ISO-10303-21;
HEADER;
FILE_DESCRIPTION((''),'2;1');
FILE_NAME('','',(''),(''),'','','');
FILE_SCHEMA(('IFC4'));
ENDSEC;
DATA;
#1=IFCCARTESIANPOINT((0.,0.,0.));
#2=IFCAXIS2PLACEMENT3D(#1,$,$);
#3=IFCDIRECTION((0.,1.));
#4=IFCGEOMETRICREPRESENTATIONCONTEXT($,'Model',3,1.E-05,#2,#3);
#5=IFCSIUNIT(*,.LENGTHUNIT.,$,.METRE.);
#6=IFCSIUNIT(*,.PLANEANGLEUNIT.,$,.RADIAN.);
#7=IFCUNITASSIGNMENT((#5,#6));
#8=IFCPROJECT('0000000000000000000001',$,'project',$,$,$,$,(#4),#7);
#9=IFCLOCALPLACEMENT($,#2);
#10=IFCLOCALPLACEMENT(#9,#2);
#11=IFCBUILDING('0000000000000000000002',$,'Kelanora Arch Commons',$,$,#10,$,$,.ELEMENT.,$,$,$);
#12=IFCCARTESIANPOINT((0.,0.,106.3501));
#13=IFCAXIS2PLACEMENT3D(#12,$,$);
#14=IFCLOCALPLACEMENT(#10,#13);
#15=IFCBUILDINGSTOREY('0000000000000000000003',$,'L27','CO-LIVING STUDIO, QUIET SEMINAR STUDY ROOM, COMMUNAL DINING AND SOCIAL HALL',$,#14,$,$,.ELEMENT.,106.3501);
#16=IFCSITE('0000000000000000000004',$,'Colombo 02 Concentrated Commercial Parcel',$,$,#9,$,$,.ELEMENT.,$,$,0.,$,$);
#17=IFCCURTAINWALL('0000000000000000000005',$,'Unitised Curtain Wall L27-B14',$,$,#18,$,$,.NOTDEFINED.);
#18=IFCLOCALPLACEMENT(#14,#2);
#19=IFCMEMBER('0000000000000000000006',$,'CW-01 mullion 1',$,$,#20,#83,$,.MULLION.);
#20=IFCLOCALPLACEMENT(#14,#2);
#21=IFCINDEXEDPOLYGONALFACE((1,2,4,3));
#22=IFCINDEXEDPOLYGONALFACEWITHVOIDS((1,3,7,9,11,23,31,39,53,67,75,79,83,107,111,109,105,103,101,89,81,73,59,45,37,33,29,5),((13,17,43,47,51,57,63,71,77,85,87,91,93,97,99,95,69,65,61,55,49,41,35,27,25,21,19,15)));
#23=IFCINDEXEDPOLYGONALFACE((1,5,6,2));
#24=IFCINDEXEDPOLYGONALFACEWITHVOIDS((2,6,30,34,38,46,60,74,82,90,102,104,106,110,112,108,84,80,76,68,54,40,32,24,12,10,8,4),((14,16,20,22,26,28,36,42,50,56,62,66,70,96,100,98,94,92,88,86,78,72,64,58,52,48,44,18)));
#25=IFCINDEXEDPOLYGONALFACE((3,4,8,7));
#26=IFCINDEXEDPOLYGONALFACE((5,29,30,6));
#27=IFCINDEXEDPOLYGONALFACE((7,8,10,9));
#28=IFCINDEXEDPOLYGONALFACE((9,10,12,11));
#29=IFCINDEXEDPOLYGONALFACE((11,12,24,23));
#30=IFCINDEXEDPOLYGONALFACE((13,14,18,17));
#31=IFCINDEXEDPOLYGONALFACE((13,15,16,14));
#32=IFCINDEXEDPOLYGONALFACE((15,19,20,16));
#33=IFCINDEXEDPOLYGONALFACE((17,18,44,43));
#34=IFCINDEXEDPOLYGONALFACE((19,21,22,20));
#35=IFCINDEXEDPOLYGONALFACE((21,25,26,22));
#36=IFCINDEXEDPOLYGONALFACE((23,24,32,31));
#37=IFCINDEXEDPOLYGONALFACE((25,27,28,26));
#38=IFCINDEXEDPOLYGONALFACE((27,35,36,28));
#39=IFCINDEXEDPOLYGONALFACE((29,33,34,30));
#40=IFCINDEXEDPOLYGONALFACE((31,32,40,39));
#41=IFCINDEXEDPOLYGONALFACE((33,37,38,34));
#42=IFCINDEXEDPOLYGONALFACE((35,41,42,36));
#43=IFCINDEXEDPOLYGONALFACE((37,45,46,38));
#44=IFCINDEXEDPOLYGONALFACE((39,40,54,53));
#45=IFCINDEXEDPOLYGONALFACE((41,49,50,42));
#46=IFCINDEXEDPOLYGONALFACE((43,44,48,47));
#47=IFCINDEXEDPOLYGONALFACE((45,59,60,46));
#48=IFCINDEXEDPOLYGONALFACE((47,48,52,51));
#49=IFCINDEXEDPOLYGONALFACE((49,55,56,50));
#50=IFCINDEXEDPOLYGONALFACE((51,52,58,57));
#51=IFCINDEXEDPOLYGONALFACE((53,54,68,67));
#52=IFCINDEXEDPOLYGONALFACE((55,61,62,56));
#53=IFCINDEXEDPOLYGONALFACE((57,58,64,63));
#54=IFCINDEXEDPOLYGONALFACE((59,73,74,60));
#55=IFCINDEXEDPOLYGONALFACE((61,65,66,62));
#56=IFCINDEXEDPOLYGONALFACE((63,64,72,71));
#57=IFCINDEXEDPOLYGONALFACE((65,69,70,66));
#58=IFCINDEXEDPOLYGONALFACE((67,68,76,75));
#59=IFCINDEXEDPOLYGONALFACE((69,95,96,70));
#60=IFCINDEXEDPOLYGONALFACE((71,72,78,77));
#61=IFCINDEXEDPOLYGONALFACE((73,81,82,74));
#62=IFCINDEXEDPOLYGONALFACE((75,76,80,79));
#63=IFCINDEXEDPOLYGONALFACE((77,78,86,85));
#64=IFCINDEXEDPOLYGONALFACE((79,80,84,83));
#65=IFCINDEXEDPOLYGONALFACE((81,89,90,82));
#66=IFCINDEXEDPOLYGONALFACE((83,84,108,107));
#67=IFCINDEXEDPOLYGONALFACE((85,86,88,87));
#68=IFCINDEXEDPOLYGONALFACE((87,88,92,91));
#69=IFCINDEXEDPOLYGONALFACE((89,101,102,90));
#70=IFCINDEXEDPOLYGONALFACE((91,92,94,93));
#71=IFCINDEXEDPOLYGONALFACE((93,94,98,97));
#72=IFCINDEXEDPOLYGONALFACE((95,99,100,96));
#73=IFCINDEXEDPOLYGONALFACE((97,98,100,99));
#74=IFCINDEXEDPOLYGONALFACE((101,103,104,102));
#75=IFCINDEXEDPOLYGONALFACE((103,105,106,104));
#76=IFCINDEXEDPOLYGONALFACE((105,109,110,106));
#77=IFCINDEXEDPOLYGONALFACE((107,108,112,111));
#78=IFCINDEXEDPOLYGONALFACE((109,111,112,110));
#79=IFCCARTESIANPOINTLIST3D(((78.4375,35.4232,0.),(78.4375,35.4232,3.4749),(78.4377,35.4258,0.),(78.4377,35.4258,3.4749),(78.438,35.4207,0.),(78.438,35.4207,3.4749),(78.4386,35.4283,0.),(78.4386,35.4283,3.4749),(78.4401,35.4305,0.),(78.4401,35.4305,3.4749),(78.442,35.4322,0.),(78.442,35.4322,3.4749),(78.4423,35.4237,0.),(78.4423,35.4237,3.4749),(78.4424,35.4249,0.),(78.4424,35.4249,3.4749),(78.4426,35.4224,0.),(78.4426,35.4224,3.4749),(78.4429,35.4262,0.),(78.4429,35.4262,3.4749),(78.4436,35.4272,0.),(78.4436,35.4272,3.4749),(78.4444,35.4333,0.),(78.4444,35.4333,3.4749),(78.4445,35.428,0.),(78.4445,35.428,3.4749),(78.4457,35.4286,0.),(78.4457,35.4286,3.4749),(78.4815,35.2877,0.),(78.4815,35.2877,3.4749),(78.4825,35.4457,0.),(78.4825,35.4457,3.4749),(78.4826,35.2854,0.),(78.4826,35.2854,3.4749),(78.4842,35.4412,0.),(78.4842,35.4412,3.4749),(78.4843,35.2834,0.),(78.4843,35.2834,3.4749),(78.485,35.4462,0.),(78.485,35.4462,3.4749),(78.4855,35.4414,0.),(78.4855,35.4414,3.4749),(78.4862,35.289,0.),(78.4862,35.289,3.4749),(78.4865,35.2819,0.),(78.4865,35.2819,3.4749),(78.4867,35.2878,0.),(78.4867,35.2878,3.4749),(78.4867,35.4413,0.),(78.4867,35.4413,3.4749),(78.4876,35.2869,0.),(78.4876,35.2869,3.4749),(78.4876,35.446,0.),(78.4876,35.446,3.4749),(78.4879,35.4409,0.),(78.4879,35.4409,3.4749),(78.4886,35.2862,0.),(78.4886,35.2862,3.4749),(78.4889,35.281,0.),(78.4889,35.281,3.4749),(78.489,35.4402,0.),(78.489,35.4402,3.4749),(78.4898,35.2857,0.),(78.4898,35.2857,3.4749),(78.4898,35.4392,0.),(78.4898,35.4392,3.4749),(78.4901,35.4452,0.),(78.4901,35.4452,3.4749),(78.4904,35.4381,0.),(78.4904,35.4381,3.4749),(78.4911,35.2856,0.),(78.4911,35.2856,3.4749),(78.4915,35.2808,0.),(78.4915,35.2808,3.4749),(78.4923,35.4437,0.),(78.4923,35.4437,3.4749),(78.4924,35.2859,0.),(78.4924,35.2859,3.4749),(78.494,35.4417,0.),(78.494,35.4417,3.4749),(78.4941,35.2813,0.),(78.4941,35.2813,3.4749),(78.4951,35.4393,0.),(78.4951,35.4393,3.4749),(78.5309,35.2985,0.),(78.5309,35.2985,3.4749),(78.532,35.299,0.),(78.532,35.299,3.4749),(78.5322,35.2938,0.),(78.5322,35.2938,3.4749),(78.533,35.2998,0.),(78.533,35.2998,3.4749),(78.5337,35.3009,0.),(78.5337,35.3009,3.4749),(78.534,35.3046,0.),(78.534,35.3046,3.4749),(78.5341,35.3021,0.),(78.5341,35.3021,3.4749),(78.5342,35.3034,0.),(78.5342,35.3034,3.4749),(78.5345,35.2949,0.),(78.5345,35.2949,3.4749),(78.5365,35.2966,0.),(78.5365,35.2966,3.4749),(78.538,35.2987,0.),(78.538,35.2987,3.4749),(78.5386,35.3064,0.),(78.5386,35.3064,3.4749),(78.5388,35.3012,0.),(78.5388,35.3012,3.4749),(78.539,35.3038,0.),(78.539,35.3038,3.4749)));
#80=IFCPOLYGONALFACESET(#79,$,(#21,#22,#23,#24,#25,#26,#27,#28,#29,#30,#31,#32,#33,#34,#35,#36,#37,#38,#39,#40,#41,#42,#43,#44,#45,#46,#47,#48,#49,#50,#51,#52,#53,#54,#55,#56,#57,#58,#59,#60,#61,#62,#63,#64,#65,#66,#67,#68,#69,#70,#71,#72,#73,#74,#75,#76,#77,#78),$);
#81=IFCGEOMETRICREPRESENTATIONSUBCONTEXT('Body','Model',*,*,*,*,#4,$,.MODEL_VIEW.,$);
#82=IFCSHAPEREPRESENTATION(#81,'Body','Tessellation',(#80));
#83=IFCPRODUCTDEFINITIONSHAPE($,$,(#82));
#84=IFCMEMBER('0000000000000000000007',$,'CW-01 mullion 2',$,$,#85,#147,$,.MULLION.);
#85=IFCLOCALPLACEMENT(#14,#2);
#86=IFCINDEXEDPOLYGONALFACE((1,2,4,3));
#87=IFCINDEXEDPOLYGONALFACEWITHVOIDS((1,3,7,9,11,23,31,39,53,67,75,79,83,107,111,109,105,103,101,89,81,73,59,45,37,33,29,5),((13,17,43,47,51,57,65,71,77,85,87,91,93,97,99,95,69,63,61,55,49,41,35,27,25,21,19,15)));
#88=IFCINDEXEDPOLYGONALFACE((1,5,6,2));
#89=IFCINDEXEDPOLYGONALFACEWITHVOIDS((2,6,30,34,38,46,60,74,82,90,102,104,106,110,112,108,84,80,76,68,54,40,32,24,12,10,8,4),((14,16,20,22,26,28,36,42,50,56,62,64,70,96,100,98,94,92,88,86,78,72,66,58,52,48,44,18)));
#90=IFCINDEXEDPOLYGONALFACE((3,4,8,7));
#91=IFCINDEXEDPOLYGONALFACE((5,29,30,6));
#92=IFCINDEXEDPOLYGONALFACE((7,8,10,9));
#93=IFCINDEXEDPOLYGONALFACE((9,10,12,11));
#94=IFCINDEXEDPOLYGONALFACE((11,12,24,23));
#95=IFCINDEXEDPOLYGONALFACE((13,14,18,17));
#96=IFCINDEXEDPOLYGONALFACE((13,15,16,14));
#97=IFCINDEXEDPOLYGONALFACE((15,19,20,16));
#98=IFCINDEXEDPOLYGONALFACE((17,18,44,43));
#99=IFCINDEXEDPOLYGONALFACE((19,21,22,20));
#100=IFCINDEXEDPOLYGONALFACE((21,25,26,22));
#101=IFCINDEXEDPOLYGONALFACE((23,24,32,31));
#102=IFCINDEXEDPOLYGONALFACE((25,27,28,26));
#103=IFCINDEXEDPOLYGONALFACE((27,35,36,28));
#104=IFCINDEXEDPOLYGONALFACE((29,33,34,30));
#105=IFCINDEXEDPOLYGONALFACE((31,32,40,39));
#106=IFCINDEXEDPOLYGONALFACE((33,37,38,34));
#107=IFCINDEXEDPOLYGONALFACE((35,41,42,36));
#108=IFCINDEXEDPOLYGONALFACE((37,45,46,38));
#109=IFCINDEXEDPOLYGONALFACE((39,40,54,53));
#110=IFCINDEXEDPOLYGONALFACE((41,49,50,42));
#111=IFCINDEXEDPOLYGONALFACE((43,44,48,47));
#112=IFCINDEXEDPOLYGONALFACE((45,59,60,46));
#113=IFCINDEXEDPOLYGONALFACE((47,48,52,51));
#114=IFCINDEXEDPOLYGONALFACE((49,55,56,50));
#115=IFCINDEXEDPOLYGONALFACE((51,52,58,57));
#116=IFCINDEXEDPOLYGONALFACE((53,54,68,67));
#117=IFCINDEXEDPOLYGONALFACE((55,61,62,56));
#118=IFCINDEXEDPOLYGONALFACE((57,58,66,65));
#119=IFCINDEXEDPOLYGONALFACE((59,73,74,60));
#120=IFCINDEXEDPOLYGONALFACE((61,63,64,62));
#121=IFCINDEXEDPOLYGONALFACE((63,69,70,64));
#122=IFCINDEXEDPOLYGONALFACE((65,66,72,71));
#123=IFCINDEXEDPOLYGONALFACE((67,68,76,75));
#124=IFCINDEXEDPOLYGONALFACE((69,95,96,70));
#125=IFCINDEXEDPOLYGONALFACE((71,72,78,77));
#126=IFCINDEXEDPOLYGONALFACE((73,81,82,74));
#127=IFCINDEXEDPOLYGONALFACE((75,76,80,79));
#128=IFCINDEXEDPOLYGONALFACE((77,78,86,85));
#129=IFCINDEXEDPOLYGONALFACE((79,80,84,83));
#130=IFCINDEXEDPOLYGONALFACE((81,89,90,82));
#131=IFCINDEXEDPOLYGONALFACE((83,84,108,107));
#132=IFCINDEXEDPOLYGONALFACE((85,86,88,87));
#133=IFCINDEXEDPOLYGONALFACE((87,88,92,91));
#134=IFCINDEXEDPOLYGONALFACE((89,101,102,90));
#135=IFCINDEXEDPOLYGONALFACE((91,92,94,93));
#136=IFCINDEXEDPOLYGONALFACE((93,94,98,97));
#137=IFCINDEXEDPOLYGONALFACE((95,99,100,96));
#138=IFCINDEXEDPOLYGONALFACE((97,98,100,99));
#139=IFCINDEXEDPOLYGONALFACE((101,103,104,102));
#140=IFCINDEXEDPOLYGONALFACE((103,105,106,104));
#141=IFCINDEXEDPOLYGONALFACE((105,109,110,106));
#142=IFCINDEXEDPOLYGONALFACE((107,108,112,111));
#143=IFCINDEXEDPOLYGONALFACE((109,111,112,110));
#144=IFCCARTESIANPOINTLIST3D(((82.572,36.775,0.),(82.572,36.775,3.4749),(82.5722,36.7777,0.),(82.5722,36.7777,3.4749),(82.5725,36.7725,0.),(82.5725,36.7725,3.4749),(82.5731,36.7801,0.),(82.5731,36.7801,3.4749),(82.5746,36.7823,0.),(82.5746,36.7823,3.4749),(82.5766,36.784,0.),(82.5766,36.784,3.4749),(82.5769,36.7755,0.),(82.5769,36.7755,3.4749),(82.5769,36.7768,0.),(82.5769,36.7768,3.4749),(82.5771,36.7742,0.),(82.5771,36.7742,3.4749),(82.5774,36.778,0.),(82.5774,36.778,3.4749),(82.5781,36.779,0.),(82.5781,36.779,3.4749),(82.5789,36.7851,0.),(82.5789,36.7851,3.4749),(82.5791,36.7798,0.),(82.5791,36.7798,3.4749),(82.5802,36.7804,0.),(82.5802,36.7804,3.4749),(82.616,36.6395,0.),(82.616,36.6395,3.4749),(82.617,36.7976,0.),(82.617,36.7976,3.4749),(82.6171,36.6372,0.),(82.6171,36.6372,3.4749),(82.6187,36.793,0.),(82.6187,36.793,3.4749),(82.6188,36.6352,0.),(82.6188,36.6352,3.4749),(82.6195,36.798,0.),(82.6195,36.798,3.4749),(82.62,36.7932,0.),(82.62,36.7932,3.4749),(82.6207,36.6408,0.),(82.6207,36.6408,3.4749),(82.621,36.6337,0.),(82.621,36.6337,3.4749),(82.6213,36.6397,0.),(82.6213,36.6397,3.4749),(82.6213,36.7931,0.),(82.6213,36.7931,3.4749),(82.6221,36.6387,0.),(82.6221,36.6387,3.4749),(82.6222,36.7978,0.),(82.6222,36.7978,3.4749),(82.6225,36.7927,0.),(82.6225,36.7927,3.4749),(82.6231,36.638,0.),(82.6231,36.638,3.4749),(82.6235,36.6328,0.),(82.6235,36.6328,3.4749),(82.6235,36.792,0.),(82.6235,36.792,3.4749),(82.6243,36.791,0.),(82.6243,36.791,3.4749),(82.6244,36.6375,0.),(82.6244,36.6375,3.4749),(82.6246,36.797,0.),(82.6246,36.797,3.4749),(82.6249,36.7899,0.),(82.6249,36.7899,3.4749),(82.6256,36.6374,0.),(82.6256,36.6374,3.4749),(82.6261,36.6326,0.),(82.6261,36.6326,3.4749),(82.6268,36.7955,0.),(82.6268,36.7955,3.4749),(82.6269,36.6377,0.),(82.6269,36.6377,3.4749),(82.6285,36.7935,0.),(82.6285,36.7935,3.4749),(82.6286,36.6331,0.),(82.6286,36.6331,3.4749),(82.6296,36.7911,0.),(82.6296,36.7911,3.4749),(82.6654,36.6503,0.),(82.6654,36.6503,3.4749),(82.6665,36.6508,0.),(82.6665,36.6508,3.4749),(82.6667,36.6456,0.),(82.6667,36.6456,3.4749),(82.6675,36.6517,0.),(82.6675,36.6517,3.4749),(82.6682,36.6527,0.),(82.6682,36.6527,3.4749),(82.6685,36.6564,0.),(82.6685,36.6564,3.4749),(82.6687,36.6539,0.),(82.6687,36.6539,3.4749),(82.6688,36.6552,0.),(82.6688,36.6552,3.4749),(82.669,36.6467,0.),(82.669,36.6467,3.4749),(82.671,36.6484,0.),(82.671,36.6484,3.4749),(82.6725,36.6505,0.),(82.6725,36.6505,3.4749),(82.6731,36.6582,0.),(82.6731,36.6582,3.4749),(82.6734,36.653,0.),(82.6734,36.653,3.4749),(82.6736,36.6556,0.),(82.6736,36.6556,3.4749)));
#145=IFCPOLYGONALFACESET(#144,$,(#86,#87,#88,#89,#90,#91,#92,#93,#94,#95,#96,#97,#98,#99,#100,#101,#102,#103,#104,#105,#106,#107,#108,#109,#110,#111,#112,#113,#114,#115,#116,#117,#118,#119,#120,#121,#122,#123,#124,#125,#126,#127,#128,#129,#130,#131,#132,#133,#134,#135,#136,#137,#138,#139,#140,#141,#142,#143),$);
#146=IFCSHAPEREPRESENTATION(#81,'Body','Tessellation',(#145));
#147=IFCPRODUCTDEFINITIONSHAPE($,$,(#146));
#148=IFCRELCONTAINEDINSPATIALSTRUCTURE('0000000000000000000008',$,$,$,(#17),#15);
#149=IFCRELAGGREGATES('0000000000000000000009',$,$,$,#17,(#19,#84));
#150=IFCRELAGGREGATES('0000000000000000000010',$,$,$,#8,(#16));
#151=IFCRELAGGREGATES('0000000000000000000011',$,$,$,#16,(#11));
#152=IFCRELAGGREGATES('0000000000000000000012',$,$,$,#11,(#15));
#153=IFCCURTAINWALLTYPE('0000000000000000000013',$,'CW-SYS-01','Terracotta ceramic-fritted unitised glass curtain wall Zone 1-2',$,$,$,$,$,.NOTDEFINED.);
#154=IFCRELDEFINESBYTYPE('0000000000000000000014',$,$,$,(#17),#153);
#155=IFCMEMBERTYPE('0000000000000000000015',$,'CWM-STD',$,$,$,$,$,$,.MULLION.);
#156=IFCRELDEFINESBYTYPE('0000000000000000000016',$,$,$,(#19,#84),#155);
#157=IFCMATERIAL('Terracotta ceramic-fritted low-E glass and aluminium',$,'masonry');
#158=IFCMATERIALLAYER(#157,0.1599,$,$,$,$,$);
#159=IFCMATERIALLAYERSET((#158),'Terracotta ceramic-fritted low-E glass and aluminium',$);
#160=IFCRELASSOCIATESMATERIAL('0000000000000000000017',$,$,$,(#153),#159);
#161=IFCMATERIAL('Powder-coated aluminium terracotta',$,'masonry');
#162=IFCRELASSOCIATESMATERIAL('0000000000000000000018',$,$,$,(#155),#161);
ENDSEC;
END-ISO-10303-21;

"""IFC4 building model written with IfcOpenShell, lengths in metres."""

from ifc_helpers import new_model, si_unit, direction, frame, origin, origin_2d, place, context, subcontext, project, spatial, hollow_rectangle, extrude, material, layer, layer_set, material_profile, profile_set, type_object, element, aggregate, save


model = new_model("IFC4")

# Units and contexts
model_context = context("Model", 3, precision=1e-05, world=origin(), true_north=direction((0.0, 1.0)))
body_context = subcontext(model_context, "Body", "Model", "MODEL_VIEW")
ifc_project = project(units=[si_unit("LENGTHUNIT", "METRE"), si_unit("PLANEANGLEUNIT", "RADIAN")], contexts=[model_context])

# Site, building, storey
site_placement = place(None, origin())
site = spatial("IfcSite", under=ifc_project, at=site_placement, Name="Colombo 02 Concentrated Commercial Parcel", CompositionType="ELEMENT", RefElevation=0.0)
building_placement = place(site_placement, origin())
building = spatial("IfcBuilding", under=site, at=building_placement, Name="Kelanora Arch Commons", CompositionType="ELEMENT")
storey_placement = place(building_placement, frame((0.0, 0.0, 106.3501)))
storey = spatial("IfcBuildingStorey", under=building, at=storey_placement, Name="L27", Description="CO-LIVING STUDIO, QUIET SEMINAR STUDY ROOM, COMMUNAL DINING AND SOCIAL HALL", CompositionType="ELEMENT", Elevation=106.3501)

# Curtain wall, members
ifc_material_1 = material(Name="Terracotta ceramic-fritted low-E glass and aluminium", Category="masonry")
ifc_layer_1 = layer(ifc_material_1, 0.1599)
ifc_layer_set_1 = layer_set([ifc_layer_1], Name="Terracotta ceramic-fritted low-E glass and aluminium")
curtain_wall_type = type_object("IfcCurtainWallType", Name="CW-SYS-01", Description="Terracotta ceramic-fritted unitised glass curtain wall Zone 1-2", PredefinedType="NOTDEFINED", material=ifc_layer_set_1)
curtain_wall_placement = place(storey_placement, origin())
curtain_wall = element("IfcCurtainWall", 1, at=curtain_wall_placement, inside=storey, type_object=curtain_wall_type, Name="Unitised Curtain Wall L27-B14", PredefinedType="NOTDEFINED")
ifc_material_2 = material(Name="Powder-coated aluminium terracotta", Category="masonry")
ifc_material_profile_1 = material_profile(ifc_material_2, hollow_rectangle(XDim=0.1599, YDim=0.0601, WallThickness=0.0049, InnerFilletRadius=0.0049, OuterFilletRadius=0.01, at=origin_2d()), Name="CWM160x60")
ifc_profile_set_1 = profile_set([ifc_material_profile_1], Name="Powder-coated aluminium terracotta")
member_type_1 = type_object("IfcMemberType", Name="CWM-STD", PredefinedType="MULLION", material=ifc_profile_set_1)
member_1_placement = place(storey_placement, frame((78.4883, 35.3635, 0.0), z_axis=(0.0, 0.0, 1.0), x_axis=(-0.310805, 0.950474, 0.0)))
member_1 = element("IfcMember", 2, at=member_1_placement, type_object=member_type_1, Name="CW-01 mullion 1", PredefinedType="MULLION", context=body_context, shape_type="SweptSolid", body=[
    extrude(hollow_rectangle(XDim=0.1599, YDim=0.0601, WallThickness=0.0049, InnerFilletRadius=0.0049, OuterFilletRadius=0.01, at=origin_2d()), origin(), (0.0, 0.0, 1.0), 3.4749),
])
member_2_placement = place(storey_placement, frame((82.6228, 36.7153, 0.0), z_axis=(0.0, 0.0, 1.0), x_axis=(-0.310805, 0.950474, 0.0)))
member_2 = element("IfcMember", 3, at=member_2_placement, type_object=member_type_1, Name="CW-01 mullion 2", PredefinedType="MULLION", context=body_context, shape_type="SweptSolid", body=[
    extrude(hollow_rectangle(XDim=0.1599, YDim=0.0601, WallThickness=0.0049, InnerFilletRadius=0.0049, OuterFilletRadius=0.01, at=origin_2d()), origin(), (0.0, 0.0, 1.0), 3.4749),
])
aggregate(curtain_wall, [member_1, member_2])

save(model, "model.ifc")
